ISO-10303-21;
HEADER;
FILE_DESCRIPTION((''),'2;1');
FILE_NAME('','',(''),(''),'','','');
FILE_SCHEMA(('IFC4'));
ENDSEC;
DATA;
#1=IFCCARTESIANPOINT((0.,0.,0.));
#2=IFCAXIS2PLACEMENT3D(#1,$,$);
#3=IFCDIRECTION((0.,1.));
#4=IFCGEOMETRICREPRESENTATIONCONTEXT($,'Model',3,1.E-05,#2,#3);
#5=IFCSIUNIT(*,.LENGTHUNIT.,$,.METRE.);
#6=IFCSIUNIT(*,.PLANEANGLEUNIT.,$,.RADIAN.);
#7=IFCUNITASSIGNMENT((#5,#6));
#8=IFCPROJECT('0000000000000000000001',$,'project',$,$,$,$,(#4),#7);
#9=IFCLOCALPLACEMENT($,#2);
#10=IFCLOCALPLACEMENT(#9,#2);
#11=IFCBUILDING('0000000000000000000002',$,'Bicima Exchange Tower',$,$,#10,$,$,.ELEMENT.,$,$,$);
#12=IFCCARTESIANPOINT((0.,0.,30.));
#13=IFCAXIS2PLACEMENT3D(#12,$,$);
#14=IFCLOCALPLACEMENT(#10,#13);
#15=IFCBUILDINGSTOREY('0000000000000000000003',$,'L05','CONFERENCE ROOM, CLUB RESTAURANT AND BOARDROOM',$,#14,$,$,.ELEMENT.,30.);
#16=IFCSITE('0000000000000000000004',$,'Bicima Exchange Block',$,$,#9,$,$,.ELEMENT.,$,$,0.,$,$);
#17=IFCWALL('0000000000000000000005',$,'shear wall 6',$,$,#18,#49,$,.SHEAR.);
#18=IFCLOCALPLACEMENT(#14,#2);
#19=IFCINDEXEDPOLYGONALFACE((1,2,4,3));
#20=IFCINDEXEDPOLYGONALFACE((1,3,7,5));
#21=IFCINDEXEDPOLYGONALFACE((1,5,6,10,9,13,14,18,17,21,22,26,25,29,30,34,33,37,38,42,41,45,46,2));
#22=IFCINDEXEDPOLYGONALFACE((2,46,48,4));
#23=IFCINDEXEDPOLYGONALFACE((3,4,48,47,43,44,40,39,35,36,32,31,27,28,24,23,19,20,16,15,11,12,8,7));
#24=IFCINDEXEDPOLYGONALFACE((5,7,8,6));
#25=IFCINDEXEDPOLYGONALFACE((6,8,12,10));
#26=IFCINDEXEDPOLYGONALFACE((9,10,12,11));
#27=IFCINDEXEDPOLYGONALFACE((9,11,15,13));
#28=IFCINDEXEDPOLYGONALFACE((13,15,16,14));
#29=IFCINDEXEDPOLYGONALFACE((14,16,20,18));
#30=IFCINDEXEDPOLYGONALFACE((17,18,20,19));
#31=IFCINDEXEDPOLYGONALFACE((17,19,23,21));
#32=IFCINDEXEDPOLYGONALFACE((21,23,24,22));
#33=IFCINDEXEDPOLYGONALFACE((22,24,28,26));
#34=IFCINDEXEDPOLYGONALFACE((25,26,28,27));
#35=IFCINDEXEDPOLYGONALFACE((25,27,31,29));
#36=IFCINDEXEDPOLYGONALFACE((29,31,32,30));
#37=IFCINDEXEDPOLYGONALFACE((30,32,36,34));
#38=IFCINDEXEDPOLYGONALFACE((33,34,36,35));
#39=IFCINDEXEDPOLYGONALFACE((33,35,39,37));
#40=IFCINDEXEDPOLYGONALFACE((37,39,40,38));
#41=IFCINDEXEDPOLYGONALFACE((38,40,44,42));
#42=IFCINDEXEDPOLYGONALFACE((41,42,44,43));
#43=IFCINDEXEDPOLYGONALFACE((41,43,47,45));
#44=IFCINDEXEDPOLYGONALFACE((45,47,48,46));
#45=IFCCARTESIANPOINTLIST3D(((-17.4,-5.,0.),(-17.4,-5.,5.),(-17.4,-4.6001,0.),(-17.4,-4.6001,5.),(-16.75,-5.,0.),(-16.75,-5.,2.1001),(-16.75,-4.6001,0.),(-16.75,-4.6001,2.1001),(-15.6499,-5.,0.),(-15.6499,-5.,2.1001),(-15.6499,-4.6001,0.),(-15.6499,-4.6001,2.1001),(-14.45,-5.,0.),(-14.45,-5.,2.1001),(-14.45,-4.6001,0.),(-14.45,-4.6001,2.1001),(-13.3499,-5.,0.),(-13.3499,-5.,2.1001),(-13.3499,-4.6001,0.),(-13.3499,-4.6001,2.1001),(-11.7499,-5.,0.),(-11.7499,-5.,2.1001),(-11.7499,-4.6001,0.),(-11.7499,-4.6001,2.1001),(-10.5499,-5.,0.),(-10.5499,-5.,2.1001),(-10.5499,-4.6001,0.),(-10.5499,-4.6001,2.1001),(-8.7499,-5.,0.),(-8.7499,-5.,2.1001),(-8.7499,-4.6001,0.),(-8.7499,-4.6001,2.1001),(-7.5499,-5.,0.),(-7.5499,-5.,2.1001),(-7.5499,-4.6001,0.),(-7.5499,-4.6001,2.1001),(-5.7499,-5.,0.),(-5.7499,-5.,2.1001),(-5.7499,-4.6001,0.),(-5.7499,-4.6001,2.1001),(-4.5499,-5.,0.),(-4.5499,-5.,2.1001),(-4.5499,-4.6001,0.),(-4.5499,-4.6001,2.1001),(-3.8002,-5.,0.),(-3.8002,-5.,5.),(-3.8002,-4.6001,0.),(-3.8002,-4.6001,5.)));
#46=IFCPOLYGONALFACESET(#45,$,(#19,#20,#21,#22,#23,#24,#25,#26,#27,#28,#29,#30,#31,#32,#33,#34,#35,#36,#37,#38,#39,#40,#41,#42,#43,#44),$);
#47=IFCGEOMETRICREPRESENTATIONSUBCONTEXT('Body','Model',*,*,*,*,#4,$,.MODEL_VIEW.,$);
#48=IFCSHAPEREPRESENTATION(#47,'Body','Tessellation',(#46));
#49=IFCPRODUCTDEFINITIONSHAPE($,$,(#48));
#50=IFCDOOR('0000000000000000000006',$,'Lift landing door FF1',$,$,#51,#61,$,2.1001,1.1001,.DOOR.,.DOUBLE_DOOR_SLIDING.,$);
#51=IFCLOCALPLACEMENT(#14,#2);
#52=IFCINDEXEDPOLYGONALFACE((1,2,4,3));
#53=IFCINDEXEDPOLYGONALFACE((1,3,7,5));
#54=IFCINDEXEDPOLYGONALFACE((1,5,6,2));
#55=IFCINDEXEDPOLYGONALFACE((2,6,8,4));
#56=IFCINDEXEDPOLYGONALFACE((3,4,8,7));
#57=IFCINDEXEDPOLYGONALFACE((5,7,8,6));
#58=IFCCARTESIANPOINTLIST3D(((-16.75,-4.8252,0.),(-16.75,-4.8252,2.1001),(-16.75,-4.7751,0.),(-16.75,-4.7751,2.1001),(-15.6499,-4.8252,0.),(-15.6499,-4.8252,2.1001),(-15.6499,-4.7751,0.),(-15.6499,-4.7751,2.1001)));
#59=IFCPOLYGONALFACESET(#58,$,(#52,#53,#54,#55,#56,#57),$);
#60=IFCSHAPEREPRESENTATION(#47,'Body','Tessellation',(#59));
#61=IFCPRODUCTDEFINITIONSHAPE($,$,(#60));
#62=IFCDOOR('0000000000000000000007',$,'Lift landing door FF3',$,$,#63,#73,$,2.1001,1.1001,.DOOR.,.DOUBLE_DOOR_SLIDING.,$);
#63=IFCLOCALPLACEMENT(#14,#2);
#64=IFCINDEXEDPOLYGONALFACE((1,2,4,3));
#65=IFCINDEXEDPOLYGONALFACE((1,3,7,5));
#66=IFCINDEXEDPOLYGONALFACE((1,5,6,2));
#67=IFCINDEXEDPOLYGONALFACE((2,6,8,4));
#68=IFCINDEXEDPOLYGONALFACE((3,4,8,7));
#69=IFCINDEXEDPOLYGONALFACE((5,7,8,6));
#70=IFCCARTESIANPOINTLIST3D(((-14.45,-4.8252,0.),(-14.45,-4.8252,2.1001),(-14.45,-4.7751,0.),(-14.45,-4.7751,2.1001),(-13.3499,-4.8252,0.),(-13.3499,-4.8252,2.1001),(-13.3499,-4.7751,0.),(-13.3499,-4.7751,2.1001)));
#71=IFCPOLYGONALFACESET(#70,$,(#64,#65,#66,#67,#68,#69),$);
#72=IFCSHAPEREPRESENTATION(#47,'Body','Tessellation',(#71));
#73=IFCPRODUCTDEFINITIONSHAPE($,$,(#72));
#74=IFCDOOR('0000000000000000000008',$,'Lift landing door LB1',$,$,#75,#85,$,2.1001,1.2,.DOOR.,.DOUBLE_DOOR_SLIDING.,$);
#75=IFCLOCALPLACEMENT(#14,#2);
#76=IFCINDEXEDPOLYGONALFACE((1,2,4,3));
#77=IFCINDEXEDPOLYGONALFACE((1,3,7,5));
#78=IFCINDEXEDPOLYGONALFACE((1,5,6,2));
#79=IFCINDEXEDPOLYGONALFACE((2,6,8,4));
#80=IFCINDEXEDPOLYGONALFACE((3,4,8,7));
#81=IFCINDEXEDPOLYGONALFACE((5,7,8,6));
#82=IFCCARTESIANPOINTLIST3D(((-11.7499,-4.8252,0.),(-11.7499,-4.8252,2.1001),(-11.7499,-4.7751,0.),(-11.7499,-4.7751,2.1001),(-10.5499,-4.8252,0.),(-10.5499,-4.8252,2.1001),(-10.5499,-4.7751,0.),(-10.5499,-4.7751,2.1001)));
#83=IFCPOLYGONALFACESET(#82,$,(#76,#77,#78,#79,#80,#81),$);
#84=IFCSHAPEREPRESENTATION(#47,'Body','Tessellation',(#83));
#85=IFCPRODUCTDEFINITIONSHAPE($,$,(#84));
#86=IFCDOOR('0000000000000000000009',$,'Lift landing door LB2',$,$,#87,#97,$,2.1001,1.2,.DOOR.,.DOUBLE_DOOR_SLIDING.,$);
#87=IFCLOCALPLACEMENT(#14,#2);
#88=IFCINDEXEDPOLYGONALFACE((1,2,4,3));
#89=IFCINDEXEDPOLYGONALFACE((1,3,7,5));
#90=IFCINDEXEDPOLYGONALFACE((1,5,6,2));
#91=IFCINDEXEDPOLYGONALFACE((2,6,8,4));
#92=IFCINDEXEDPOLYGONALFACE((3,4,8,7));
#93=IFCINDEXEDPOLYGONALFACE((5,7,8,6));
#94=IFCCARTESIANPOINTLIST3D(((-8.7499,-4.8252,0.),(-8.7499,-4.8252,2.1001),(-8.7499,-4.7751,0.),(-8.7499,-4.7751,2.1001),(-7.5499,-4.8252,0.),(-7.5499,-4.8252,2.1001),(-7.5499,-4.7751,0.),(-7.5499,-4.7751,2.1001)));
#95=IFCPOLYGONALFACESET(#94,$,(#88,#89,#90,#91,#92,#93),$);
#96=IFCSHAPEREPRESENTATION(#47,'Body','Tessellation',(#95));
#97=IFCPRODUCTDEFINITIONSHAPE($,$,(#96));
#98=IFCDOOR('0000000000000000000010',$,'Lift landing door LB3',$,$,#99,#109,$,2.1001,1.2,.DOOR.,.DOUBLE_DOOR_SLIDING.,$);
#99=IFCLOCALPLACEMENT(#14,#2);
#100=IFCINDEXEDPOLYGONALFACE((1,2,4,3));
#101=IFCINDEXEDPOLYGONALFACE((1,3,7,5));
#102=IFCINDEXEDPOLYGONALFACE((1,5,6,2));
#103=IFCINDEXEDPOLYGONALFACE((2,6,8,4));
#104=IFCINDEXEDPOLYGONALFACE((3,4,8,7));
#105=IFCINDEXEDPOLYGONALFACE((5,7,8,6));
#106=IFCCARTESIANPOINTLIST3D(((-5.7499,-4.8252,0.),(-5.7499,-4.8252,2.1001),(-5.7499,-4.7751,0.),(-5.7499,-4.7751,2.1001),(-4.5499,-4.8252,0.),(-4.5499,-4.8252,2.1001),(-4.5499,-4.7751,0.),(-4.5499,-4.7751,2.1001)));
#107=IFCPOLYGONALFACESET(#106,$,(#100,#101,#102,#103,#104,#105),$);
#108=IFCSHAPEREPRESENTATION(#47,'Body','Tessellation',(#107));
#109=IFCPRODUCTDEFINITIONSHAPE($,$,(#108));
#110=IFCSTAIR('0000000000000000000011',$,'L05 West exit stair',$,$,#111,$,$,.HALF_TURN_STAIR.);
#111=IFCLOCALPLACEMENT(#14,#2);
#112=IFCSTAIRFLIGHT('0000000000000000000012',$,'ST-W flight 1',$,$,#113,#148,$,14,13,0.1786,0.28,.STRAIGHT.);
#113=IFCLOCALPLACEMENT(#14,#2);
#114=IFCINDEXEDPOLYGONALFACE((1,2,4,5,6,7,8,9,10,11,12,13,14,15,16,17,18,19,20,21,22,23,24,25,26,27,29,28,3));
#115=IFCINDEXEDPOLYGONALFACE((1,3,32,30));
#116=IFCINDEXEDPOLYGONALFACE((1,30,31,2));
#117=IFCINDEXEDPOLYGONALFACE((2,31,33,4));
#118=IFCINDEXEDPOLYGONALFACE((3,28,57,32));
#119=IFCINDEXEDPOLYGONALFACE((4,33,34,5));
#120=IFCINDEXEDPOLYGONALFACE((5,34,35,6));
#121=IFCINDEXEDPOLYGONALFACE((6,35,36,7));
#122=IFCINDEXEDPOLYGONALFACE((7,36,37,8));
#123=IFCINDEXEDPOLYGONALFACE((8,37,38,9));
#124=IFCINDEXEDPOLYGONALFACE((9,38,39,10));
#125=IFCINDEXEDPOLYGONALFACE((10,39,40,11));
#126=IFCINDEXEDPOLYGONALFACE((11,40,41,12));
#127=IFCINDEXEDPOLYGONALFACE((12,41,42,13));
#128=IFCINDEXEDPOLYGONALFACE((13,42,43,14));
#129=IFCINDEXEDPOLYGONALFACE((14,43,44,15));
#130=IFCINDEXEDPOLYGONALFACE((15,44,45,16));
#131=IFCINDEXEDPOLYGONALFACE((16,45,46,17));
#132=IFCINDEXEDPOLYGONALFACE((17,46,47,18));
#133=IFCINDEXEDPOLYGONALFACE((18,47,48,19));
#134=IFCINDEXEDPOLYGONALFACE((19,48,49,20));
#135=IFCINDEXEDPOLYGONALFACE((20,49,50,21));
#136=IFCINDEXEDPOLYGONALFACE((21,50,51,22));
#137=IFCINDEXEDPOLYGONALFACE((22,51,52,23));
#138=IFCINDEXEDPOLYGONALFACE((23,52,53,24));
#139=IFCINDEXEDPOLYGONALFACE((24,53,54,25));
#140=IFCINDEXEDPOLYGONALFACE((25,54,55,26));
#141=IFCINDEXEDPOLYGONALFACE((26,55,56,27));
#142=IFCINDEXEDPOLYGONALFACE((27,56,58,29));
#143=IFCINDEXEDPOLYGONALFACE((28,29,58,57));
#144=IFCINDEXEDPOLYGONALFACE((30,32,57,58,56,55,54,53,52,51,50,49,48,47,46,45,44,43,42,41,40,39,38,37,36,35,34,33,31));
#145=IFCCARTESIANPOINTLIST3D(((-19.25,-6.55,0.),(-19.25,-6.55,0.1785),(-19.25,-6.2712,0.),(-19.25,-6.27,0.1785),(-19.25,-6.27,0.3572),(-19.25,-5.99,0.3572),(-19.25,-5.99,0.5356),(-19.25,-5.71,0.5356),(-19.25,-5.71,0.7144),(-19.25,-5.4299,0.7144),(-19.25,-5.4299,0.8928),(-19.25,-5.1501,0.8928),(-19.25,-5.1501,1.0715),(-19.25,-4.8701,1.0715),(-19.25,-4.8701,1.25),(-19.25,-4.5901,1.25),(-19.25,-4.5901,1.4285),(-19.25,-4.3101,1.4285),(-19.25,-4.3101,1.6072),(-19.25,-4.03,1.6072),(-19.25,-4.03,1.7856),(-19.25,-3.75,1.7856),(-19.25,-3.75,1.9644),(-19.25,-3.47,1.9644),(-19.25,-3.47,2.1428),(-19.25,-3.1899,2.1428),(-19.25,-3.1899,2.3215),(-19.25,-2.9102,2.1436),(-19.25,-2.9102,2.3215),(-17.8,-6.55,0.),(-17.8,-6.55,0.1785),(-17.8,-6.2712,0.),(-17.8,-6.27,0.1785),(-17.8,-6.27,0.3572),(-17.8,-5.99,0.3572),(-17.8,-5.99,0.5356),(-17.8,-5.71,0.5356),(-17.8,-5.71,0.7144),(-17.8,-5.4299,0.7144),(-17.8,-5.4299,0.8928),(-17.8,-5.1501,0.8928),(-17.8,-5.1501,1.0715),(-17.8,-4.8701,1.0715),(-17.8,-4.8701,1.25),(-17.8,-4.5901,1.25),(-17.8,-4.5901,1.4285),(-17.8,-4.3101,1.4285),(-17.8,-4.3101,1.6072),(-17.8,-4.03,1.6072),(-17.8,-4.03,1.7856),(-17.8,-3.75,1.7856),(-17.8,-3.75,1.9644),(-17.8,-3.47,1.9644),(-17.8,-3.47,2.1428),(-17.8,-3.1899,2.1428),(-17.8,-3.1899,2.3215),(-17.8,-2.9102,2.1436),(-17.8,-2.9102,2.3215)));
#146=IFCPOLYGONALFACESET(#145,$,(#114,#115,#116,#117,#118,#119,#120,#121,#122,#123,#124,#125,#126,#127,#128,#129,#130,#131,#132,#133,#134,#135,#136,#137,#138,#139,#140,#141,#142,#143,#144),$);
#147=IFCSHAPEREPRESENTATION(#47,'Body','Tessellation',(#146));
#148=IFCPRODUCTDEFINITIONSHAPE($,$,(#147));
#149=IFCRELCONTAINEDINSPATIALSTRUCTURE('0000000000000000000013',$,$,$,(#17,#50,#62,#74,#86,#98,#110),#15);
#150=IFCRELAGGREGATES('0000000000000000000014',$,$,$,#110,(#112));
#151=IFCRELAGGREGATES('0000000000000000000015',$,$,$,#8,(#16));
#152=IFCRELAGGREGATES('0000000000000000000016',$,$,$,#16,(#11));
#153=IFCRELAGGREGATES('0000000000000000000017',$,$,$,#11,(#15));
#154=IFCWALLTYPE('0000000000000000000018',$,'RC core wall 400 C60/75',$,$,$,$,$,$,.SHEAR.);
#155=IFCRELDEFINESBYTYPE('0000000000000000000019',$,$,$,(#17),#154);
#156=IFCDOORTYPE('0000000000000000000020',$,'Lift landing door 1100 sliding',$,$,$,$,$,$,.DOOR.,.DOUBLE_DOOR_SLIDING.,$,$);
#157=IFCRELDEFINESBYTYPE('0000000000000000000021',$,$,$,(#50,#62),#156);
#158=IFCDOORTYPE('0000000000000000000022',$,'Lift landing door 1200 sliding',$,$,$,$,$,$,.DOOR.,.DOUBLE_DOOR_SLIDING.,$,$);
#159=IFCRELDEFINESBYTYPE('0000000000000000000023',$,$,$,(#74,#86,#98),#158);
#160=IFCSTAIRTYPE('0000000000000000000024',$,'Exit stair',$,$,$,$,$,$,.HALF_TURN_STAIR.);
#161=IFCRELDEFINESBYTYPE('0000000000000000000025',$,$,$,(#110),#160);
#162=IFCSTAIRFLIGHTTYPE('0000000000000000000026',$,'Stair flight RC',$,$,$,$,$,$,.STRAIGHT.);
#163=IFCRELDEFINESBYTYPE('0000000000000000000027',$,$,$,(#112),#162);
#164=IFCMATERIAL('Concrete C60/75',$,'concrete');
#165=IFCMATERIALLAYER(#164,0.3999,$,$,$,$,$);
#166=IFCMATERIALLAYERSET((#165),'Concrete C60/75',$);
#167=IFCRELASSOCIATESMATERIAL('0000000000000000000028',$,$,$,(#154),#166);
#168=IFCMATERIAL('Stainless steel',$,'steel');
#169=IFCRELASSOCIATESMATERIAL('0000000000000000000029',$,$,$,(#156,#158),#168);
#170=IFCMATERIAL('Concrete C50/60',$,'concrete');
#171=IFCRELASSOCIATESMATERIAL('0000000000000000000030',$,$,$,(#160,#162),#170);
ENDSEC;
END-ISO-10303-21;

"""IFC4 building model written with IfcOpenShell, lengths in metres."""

from ifc_helpers import new_model, si_unit, direction, frame, frame_2d, origin, place, context, subcontext, project, spatial, polyline, rectangle, outline, extrude, material, layer, layer_set, type_object, element, fill, aggregate, save


model = new_model("IFC4")

# Units and contexts
model_context = context("Model", 3, precision=1e-05, world=origin(), true_north=direction((0.0, 1.0)))
body_context = subcontext(model_context, "Body", "Model", "MODEL_VIEW")
ifc_project = project(units=[si_unit("LENGTHUNIT", "METRE"), si_unit("PLANEANGLEUNIT", "RADIAN")], contexts=[model_context])

# Site, building, storey
site_placement = place(None, origin())
site = spatial("IfcSite", under=ifc_project, at=site_placement, Name="Bicima Exchange Block", CompositionType="ELEMENT", RefElevation=0.0)
building_placement = place(site_placement, origin())
building = spatial("IfcBuilding", under=site, at=building_placement, Name="Bicima Exchange Tower", CompositionType="ELEMENT")
storey_placement = place(building_placement, frame((0.0, 0.0, 30.0)))
storey = spatial("IfcBuildingStorey", under=building, at=storey_placement, Name="L05", Description="CONFERENCE ROOM, CLUB RESTAURANT AND BOARDROOM", CompositionType="ELEMENT", Elevation=30.0)

# Shared definitions
ifc_material_1 = material(Name="Concrete C50/60", Category="concrete")

# Wall, openings, doors
ifc_material_2 = material(Name="Concrete C60/75", Category="concrete")
ifc_layer_1 = layer(ifc_material_2, 0.3999)
ifc_layer_set_1 = layer_set([ifc_layer_1], Name="Concrete C60/75")
wall_type_1 = type_object("IfcWallType", Name="RC core wall 400 C60/75", PredefinedType="SHEAR", material=ifc_layer_set_1)
wall_1_placement = place(storey_placement, frame((-17.3999, -4.8, 0.0), z_axis=(0.0, 0.0, 1.0), x_axis=(1.0, 0.0, 0.0)))
wall_1 = element("IfcWall", 1, at=wall_1_placement, inside=storey, type_object=wall_type_1, Name="shear wall 6", PredefinedType="SHEAR", context=body_context, shape_type="SweptSolid", body=[
    extrude(rectangle(XDim=13.5999, YDim=0.3999, at=frame_2d((6.7998, 0.0))), origin(), (0.0, 0.0, 1.0), 5.0),
])
opening_1_placement = place(wall_1_placement, frame((0.6499, 0.0, 0.0)))
opening_1 = element("IfcOpeningElement", 2, at=opening_1_placement, cuts=wall_1, PredefinedType="OPENING", context=body_context, shape_type="SweptSolid", body=[
    extrude(rectangle(XDim=1.1001, YDim=2.1001, at=frame_2d((0.55, 1.05))), frame((0.0, 0.2119, 0.0), z_axis=(0.0, -1.0, 0.0), x_axis=(1.0, 0.0, 0.0)), (0.0, 0.0, 1.0), 0.4238),
])
opening_2_placement = place(wall_1_placement, frame((2.95, 0.0, 0.0)))
opening_2 = element("IfcOpeningElement", 3, at=opening_2_placement, cuts=wall_1, PredefinedType="OPENING", context=body_context, shape_type="SweptSolid", body=[
    extrude(rectangle(XDim=1.1001, YDim=2.1001, at=frame_2d((0.55, 1.05))), frame((0.0, 0.2119, 0.0), z_axis=(0.0, -1.0, 0.0), x_axis=(1.0, 0.0, 0.0)), (0.0, 0.0, 1.0), 0.4238),
])
opening_3_placement = place(wall_1_placement, frame((5.6499, 0.0, 0.0)))
opening_3 = element("IfcOpeningElement", 4, at=opening_3_placement, cuts=wall_1, PredefinedType="OPENING", context=body_context, shape_type="SweptSolid", body=[
    extrude(rectangle(XDim=1.2, YDim=2.1001, at=frame_2d((0.6001, 1.05))), frame((0.0, 0.2119, 0.0), z_axis=(0.0, -1.0, 0.0), x_axis=(1.0, 0.0, 0.0)), (0.0, 0.0, 1.0), 0.4238),
])
opening_4_placement = place(wall_1_placement, frame((8.6499, 0.0, 0.0)))
opening_4 = element("IfcOpeningElement", 5, at=opening_4_placement, cuts=wall_1, PredefinedType="OPENING", context=body_context, shape_type="SweptSolid", body=[
    extrude(rectangle(XDim=1.2, YDim=2.1001, at=frame_2d((0.6001, 1.05))), frame((0.0, 0.2119, 0.0), z_axis=(0.0, -1.0, 0.0), x_axis=(1.0, 0.0, 0.0)), (0.0, 0.0, 1.0), 0.4238),
])
opening_5_placement = place(wall_1_placement, frame((11.6499, 0.0, 0.0)))
opening_5 = element("IfcOpeningElement", 6, at=opening_5_placement, cuts=wall_1, PredefinedType="OPENING", context=body_context, shape_type="SweptSolid", body=[
    extrude(rectangle(XDim=1.2, YDim=2.1001, at=frame_2d((0.6001, 1.05))), frame((0.0, 0.2119, 0.0), z_axis=(0.0, -1.0, 0.0), x_axis=(1.0, 0.0, 0.0)), (0.0, 0.0, 1.0), 0.4238),
])
ifc_material_3 = material(Name="Stainless steel", Category="steel")
door_type_1 = type_object("IfcDoorType", Name="Lift landing door 1100 sliding", OperationType="DOUBLE_DOOR_SLIDING", PredefinedType="DOOR", material=ifc_material_3)
door_1_placement = place(opening_1_placement, origin())
door_1 = element("IfcDoor", 7, at=door_1_placement, inside=storey, type_object=door_type_1, Name="Lift landing door FF1", OperationType="DOUBLE_DOOR_SLIDING", OverallHeight=2.1001, OverallWidth=1.1001, PredefinedType="DOOR", context=body_context, shape_type="SweptSolid", body=[
    extrude(rectangle(XDim=1.1001, YDim=2.1001, at=frame_2d((0.55, 1.05))), frame((0.0, 0.0249, 0.0), z_axis=(0.0, -1.0, 0.0), x_axis=(1.0, 0.0, 0.0)), (0.0, 0.0, 1.0), 0.05),
])
fill(opening_1, door_1)
door_2_placement = place(opening_2_placement, origin())
door_2 = element("IfcDoor", 8, at=door_2_placement, inside=storey, type_object=door_type_1, Name="Lift landing door FF3", OperationType="DOUBLE_DOOR_SLIDING", OverallHeight=2.1001, OverallWidth=1.1001, PredefinedType="DOOR", context=body_context, shape_type="SweptSolid", body=[
    extrude(rectangle(XDim=1.1001, YDim=2.1001, at=frame_2d((0.55, 1.05))), frame((0.0, 0.0249, 0.0), z_axis=(0.0, -1.0, 0.0), x_axis=(1.0, 0.0, 0.0)), (0.0, 0.0, 1.0), 0.05),
])
fill(opening_2, door_2)
door_type_2 = type_object("IfcDoorType", Name="Lift landing door 1200 sliding", OperationType="DOUBLE_DOOR_SLIDING", PredefinedType="DOOR", material=ifc_material_3)
door_3_placement = place(opening_3_placement, origin())
door_3 = element("IfcDoor", 9, at=door_3_placement, inside=storey, type_object=door_type_2, Name="Lift landing door LB1", OperationType="DOUBLE_DOOR_SLIDING", OverallHeight=2.1001, OverallWidth=1.2, PredefinedType="DOOR", context=body_context, shape_type="SweptSolid", body=[
    extrude(rectangle(XDim=1.2, YDim=2.1001, at=frame_2d((0.6001, 1.05))), frame((0.0, 0.0249, 0.0), z_axis=(0.0, -1.0, 0.0), x_axis=(1.0, 0.0, 0.0)), (0.0, 0.0, 1.0), 0.05),
])
fill(opening_3, door_3)
door_4_placement = place(opening_4_placement, origin())
door_4 = element("IfcDoor", 10, at=door_4_placement, inside=storey, type_object=door_type_2, Name="Lift landing door LB2", OperationType="DOUBLE_DOOR_SLIDING", OverallHeight=2.1001, OverallWidth=1.2, PredefinedType="DOOR", context=body_context, shape_type="SweptSolid", body=[
    extrude(rectangle(XDim=1.2, YDim=2.1001, at=frame_2d((0.6001, 1.05))), frame((0.0, 0.0249, 0.0), z_axis=(0.0, -1.0, 0.0), x_axis=(1.0, 0.0, 0.0)), (0.0, 0.0, 1.0), 0.05),
])
fill(opening_4, door_4)
door_5_placement = place(opening_5_placement, origin())
door_5 = element("IfcDoor", 11, at=door_5_placement, inside=storey, type_object=door_type_2, Name="Lift landing door LB3", OperationType="DOUBLE_DOOR_SLIDING", OverallHeight=2.1001, OverallWidth=1.2, PredefinedType="DOOR", context=body_context, shape_type="SweptSolid", body=[
    extrude(rectangle(XDim=1.2, YDim=2.1001, at=frame_2d((0.6001, 1.05))), frame((0.0, 0.0249, 0.0), z_axis=(0.0, -1.0, 0.0), x_axis=(1.0, 0.0, 0.0)), (0.0, 0.0, 1.0), 0.05),
])
fill(opening_5, door_5)

# Stair, stair flight
stair_type = type_object("IfcStairType", Name="Exit stair", PredefinedType="HALF_TURN_STAIR", material=ifc_material_1)
stair_placement = place(storey_placement, origin())
stair = element("IfcStair", 12, at=stair_placement, inside=storey, type_object=stair_type, Name="L05 West exit stair", PredefinedType="HALF_TURN_STAIR")
stair_flight_type = type_object("IfcStairFlightType", Name="Stair flight RC", PredefinedType="STRAIGHT", material=ifc_material_1)
stair_flight_1_placement = place(storey_placement, frame((-18.5249, -6.55, 0.0), z_axis=(0.0, 0.0, 1.0), x_axis=(0.0, 1.0, 0.0)))
stair_flight_1 = element("IfcStairFlight", 13, at=stair_flight_1_placement, type_object=stair_flight_type, Name="ST-W flight 1", NumberOfRisers=14, NumberOfTreads=13, PredefinedType="STRAIGHT", RiserHeight=0.1786, TreadLength=0.28, context=body_context, shape_type="SweptSolid", body=[
    extrude(outline(polyline([(0.0, 0.0), (0.0, 0.1785), (0.28, 0.1785), (0.28, 0.3572), (0.5601, 0.3572), (0.5601, 0.5356), (0.8401, 0.5356), (0.8401, 0.7144), (1.1201, 0.7144), (1.1201, 0.8928), (1.3999, 0.8928), (1.3999, 1.0715), (1.6799, 1.0715), (1.6799, 1.25), (1.96, 1.25), (1.96, 1.4285), (2.24, 1.4285), (2.24, 1.6072), (2.52, 1.6072), (2.52, 1.7856), (2.8, 1.7856), (2.8, 1.9644), (3.0801, 1.9644), (3.0801, 2.1428), (3.3601, 2.1428), (3.3601, 2.3215), (3.6399, 2.3215), (3.6399, 2.5), (3.6399, 2.1436), (0.2788, 0.0), (0.0, 0.0)])), frame((0.0, 0.7251, 0.0), z_axis=(0.0, -1.0, 0.0), x_axis=(1.0, 0.0, 0.0)), (0.0, 0.0, 1.0), 1.45),
])
aggregate(stair, [stair_flight_1])

save(model, "model.ifc")
